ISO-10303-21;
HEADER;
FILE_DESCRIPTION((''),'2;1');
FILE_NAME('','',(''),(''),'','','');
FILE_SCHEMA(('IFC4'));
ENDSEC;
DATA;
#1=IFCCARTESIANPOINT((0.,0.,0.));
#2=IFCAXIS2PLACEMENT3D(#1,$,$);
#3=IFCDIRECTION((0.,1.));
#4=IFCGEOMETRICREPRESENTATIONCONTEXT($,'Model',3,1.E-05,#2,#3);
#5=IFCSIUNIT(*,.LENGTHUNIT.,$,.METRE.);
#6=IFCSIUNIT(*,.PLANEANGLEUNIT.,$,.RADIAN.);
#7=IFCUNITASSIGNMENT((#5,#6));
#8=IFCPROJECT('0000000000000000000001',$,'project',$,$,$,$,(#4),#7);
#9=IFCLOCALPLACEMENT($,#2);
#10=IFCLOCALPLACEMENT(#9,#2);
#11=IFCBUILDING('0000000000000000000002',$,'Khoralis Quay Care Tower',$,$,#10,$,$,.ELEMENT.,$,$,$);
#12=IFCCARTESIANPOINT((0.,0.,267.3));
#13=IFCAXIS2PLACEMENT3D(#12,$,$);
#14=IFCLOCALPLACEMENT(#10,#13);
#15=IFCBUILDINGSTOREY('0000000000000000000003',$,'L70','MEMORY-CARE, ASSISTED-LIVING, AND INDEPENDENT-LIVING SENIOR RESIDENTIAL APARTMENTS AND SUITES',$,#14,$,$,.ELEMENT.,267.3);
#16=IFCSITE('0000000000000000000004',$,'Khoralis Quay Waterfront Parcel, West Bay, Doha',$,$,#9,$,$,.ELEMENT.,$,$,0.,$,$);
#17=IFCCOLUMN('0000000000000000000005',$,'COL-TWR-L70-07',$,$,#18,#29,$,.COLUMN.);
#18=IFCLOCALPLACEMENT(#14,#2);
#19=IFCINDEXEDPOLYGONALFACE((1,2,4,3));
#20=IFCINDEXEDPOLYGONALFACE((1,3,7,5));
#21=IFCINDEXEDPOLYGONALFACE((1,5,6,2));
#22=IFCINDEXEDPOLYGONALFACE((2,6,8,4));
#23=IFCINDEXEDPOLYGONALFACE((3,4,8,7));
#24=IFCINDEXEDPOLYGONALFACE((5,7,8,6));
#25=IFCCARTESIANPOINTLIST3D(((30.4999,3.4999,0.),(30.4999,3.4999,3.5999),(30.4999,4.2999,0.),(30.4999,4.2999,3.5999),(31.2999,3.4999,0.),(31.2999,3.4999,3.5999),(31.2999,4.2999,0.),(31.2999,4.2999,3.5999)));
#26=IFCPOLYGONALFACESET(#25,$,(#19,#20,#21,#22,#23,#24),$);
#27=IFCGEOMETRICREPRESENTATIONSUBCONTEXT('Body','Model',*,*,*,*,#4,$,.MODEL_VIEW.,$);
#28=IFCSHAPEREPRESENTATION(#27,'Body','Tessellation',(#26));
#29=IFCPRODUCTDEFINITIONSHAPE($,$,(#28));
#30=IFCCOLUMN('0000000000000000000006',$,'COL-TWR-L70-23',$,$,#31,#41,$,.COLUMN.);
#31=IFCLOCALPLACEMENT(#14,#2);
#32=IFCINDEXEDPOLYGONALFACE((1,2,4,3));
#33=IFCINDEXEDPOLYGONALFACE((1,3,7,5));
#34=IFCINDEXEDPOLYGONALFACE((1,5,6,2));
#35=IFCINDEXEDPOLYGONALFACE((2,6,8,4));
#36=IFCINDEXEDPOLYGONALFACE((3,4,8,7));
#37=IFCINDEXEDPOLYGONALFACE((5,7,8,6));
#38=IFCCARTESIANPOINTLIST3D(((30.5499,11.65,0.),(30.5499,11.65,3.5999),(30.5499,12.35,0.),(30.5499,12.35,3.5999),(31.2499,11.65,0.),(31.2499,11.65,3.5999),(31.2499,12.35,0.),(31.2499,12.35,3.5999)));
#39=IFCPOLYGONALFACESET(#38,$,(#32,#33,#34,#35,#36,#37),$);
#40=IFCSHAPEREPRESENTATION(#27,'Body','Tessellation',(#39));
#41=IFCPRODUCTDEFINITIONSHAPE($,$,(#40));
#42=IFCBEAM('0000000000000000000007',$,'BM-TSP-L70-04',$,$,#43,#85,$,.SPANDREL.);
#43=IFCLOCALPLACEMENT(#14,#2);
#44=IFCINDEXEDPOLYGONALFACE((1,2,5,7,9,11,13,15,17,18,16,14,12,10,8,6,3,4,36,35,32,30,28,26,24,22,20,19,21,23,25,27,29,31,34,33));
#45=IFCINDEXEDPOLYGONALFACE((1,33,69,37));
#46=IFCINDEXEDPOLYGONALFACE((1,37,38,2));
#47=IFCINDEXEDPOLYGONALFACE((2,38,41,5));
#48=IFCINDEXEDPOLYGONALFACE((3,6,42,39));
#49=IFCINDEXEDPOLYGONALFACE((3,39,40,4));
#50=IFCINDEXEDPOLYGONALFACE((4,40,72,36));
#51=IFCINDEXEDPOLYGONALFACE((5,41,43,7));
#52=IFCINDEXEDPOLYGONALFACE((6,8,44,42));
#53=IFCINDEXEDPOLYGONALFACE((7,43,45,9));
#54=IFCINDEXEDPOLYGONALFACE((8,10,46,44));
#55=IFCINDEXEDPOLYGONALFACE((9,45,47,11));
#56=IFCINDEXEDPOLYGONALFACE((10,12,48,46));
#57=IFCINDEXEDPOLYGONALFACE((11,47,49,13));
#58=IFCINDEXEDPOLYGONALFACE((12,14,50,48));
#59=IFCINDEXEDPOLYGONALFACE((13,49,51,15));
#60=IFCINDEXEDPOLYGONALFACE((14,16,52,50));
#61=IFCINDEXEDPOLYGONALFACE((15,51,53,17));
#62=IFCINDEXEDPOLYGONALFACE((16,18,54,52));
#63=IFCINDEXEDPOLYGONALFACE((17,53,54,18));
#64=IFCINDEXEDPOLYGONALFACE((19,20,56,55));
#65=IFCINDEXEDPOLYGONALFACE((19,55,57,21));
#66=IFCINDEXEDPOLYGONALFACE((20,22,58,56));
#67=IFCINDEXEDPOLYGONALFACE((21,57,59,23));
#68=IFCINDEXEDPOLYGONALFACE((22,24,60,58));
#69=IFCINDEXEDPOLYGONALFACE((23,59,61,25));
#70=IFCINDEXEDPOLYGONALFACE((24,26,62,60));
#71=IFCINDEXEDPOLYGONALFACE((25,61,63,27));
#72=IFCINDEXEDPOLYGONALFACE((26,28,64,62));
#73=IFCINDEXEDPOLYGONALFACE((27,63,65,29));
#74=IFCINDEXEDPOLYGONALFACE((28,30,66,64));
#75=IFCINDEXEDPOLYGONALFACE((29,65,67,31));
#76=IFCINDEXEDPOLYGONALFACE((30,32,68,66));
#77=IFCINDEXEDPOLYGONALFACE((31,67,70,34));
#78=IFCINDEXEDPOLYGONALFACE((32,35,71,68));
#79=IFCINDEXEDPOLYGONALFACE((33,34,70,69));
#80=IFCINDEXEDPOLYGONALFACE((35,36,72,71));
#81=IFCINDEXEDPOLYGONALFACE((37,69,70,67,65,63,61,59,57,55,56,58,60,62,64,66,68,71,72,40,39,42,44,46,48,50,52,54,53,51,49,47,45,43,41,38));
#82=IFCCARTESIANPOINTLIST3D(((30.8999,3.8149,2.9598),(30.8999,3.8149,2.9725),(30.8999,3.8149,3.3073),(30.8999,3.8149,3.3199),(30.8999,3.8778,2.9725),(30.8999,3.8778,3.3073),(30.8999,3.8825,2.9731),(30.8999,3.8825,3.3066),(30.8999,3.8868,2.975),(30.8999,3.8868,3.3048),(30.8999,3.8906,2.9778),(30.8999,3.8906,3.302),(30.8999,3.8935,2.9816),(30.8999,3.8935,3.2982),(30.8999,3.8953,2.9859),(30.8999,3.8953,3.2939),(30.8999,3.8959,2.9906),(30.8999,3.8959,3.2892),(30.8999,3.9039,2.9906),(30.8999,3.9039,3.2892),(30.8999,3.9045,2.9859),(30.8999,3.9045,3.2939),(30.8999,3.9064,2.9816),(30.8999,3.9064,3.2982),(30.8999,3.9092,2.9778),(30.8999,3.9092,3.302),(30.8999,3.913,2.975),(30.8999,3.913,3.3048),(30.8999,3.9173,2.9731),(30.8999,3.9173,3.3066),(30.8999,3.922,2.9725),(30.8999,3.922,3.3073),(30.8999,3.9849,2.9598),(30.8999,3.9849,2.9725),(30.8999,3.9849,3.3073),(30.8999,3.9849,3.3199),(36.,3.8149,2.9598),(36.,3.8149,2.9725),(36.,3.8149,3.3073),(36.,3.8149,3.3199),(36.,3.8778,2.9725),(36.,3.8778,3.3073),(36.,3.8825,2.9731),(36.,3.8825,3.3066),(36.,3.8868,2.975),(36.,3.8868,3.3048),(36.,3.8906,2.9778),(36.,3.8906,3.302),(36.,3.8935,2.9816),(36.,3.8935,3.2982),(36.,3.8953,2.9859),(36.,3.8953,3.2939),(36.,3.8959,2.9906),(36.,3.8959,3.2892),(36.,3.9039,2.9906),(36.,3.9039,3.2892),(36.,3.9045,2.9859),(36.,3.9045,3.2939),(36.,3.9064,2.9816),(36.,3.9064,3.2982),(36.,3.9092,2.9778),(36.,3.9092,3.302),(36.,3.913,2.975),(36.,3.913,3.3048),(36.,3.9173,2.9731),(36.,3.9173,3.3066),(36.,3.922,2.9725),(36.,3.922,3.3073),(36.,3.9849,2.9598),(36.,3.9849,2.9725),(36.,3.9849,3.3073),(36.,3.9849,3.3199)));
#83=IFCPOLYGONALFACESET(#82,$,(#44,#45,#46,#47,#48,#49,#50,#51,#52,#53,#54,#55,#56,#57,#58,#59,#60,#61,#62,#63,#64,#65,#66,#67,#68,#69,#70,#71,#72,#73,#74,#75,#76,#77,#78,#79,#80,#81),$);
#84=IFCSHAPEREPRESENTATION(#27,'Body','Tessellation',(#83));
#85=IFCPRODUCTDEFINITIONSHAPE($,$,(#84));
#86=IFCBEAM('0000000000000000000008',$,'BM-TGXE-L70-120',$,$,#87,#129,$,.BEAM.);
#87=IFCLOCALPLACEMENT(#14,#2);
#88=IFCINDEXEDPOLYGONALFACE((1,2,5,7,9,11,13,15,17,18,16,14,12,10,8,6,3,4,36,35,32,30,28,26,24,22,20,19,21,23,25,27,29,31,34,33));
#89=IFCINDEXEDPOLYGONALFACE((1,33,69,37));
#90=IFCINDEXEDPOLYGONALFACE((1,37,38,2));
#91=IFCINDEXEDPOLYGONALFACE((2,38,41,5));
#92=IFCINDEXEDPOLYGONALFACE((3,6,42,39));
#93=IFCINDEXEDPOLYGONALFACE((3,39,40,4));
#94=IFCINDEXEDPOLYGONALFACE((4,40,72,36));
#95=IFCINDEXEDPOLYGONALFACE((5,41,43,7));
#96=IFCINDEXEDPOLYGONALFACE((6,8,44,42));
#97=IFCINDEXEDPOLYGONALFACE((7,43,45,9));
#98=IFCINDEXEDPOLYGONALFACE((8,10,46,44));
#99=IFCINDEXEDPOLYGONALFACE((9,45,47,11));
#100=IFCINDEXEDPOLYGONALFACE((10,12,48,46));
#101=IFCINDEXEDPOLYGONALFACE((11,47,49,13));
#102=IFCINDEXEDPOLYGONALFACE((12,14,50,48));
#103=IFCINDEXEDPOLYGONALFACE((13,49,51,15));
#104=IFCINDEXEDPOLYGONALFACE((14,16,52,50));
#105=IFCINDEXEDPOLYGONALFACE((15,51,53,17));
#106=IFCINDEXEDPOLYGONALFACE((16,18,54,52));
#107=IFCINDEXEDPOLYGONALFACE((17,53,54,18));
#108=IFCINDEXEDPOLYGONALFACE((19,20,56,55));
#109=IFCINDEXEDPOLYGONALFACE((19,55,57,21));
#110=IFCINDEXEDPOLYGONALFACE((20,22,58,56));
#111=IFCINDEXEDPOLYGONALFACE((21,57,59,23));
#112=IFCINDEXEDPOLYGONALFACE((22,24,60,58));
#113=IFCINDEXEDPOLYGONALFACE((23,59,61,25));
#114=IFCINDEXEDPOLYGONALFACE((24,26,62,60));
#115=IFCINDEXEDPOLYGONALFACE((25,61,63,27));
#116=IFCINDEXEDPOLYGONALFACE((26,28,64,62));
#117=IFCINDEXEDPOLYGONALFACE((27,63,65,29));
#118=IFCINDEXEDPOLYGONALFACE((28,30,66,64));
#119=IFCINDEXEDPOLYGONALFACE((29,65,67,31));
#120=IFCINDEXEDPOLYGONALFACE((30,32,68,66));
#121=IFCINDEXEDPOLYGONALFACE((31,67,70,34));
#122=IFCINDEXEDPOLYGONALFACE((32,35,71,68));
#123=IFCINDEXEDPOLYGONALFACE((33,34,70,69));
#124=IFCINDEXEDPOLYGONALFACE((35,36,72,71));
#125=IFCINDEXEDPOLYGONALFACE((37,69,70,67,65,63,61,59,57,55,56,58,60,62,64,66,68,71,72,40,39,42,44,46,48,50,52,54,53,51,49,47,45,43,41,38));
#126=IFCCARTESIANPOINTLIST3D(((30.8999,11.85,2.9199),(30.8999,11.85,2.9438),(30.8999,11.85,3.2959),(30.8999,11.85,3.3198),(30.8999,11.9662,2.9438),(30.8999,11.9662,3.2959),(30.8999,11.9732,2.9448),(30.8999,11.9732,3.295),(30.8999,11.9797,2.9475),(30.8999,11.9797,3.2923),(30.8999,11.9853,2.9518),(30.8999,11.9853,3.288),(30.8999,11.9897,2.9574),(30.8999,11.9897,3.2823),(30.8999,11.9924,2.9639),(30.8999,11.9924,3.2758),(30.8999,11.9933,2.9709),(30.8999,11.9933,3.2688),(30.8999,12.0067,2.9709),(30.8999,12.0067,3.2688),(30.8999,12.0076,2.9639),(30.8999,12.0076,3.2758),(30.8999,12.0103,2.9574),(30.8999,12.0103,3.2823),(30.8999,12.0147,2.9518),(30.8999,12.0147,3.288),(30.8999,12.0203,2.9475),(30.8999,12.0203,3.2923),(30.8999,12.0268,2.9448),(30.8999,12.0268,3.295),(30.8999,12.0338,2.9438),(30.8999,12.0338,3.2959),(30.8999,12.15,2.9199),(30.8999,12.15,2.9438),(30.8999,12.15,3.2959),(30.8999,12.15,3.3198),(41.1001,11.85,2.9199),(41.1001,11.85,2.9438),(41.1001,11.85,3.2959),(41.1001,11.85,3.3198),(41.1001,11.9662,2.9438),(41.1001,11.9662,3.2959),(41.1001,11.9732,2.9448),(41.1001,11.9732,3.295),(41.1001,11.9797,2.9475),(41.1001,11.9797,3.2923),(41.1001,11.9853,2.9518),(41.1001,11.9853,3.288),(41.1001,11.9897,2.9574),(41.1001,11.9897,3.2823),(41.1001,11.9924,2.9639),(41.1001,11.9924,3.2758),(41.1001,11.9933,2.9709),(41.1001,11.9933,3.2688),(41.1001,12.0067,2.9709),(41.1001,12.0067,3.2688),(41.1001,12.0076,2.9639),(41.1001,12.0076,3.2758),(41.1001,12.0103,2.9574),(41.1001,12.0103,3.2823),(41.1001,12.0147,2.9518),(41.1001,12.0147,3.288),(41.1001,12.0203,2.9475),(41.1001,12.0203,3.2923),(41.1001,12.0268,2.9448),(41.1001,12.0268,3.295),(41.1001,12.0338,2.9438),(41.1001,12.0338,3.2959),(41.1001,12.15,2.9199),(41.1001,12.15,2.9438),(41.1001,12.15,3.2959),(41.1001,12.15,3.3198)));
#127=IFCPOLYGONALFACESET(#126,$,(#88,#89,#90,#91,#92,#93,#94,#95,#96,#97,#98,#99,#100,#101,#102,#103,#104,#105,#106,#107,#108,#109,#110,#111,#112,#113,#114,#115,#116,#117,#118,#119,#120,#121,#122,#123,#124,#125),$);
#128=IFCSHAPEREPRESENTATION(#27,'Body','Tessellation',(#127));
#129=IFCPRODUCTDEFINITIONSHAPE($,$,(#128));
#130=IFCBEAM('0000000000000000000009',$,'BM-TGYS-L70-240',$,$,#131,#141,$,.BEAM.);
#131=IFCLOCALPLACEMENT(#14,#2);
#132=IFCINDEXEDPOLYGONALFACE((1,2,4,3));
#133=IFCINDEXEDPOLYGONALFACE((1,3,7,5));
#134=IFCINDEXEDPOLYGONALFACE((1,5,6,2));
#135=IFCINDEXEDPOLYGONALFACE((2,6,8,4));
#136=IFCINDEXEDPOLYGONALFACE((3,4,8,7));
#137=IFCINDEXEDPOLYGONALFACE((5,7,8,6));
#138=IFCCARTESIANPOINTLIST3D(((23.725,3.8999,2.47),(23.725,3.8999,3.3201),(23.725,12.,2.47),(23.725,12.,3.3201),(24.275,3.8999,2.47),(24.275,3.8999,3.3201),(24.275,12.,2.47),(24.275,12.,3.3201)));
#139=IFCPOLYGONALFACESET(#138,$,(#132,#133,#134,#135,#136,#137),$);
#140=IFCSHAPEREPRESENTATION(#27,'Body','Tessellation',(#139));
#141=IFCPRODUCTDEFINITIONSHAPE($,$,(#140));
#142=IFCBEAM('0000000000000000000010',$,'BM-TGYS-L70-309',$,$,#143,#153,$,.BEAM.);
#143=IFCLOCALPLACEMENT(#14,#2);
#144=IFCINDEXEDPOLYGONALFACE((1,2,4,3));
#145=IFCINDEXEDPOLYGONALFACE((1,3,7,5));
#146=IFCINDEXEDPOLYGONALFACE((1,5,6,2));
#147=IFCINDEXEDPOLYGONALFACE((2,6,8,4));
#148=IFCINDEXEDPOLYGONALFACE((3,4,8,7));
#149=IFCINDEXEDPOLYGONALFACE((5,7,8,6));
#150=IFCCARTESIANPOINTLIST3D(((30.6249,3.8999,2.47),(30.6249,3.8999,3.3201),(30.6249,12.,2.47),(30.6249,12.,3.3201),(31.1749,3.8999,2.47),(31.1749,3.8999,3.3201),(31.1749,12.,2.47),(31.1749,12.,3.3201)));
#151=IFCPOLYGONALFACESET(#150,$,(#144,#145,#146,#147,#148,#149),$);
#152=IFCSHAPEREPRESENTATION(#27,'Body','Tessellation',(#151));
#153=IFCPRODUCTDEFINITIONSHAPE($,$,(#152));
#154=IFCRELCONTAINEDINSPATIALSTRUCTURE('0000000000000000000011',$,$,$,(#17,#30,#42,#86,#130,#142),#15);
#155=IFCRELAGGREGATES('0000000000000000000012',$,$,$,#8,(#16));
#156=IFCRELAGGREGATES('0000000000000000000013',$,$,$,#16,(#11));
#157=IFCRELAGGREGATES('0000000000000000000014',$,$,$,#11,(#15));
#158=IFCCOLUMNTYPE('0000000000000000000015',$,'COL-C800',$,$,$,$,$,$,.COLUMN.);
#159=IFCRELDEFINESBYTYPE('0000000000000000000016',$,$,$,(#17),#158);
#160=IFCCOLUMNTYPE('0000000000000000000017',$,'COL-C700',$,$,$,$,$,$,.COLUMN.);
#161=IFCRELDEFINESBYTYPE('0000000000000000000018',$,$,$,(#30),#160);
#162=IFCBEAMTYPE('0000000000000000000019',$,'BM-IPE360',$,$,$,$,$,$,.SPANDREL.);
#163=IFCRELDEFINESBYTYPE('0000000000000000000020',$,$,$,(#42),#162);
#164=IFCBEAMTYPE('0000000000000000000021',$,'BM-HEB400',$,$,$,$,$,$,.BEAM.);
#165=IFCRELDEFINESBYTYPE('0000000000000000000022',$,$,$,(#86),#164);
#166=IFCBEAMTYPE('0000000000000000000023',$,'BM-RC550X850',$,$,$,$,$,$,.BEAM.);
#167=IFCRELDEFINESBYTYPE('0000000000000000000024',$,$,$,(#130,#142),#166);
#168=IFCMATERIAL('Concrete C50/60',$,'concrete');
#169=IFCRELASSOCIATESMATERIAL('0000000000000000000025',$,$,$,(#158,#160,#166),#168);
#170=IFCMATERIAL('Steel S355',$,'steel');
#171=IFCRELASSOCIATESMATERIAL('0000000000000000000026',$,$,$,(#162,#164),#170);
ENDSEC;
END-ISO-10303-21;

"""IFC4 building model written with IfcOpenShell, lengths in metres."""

from ifc_helpers import new_model, si_unit, direction, frame, origin, origin_2d, place, context, subcontext, project, spatial, rectangle, i_section, extrude, source, transform, mapped, material, material_profile, profile_set, type_object, element, save


model = new_model("IFC4")

# Units and contexts
model_context = context("Model", 3, precision=1e-05, world=origin(), true_north=direction((0.0, 1.0)))
body_context = subcontext(model_context, "Body", "Model", "MODEL_VIEW")
ifc_project = project(units=[si_unit("LENGTHUNIT", "METRE"), si_unit("PLANEANGLEUNIT", "RADIAN")], contexts=[model_context])

# Site, building, storey
site_placement = place(None, origin())
site = spatial("IfcSite", under=ifc_project, at=site_placement, Name="Khoralis Quay Waterfront Parcel, West Bay, Doha", CompositionType="ELEMENT", RefElevation=0.0)
building_placement = place(site_placement, origin())
building = spatial("IfcBuilding", under=site, at=building_placement, Name="Khoralis Quay Care Tower", CompositionType="ELEMENT")
storey_placement = place(building_placement, frame((0.0, 0.0, 267.3)))
storey = spatial("IfcBuildingStorey", under=building, at=storey_placement, Name="L70", Description="MEMORY-CARE, ASSISTED-LIVING, AND INDEPENDENT-LIVING SENIOR RESIDENTIAL APARTMENTS AND SUITES", CompositionType="ELEMENT", Elevation=267.3)

# Columns
ifc_material_1 = material(Name="Concrete C50/60", Category="concrete")
ifc_material_profile_1 = material_profile(ifc_material_1, rectangle(XDim=0.8, YDim=0.8, at=origin_2d()), Name="Concrete C50/60")
ifc_profile_set_1 = profile_set([ifc_material_profile_1], Name="Concrete C50/60")
column_type_1 = type_object("IfcColumnType", Name="COL-C800", PredefinedType="COLUMN", material=ifc_profile_set_1)
shared_shape_1 = source(origin(), body_context, "Body", "SweptSolid", [
    extrude(rectangle(XDim=0.8, YDim=0.8, at=origin_2d()), origin(), (0.0, 0.0, 1.0), 3.5999),
])
column_1_placement = place(storey_placement, frame((30.8999, 3.8999, 0.0), z_axis=(0.0, 0.0, 1.0), x_axis=(1.0, 0.0, 0.0)))
element("IfcColumn", 1, at=column_1_placement, inside=storey, type_object=column_type_1, Name="COL-TWR-L70-07", PredefinedType="COLUMN", context=body_context, shape_type="MappedRepresentation", body=[
    mapped(shared_shape_1, transform((0.0, 0.0, 0.0), scale=1.0)),
])
ifc_material_profile_2 = material_profile(ifc_material_1, rectangle(XDim=0.7, YDim=0.7, at=origin_2d()), Name="Concrete C50/60")
ifc_profile_set_2 = profile_set([ifc_material_profile_2], Name="Concrete C50/60")
column_type_2 = type_object("IfcColumnType", Name="COL-C700", PredefinedType="COLUMN", material=ifc_profile_set_2)
shared_shape_2 = source(origin(), body_context, "Body", "SweptSolid", [
    extrude(rectangle(XDim=0.7, YDim=0.7, at=origin_2d()), origin(), (0.0, 0.0, 1.0), 3.5999),
])
column_2_placement = place(storey_placement, frame((30.8999, 12.0, 0.0), z_axis=(0.0, 0.0, 1.0), x_axis=(1.0, 0.0, 0.0)))
element("IfcColumn", 2, at=column_2_placement, inside=storey, type_object=column_type_2, Name="COL-TWR-L70-23", PredefinedType="COLUMN", context=body_context, shape_type="MappedRepresentation", body=[
    mapped(shared_shape_2, transform((0.0, 0.0, 0.0), scale=1.0)),
])

# Beams
ifc_material_2 = material(Name="Steel S355", Category="steel")
ifc_material_profile_3 = material_profile(ifc_material_2, i_section(OverallWidth=0.1699, OverallDepth=0.3601, WebThickness=0.0081, FlangeThickness=0.0127, FilletRadius=0.0181, at=origin_2d()), Name="Steel S355")
ifc_profile_set_3 = profile_set([ifc_material_profile_3], Name="Steel S355")
beam_type_1 = type_object("IfcBeamType", Name="BM-IPE360", PredefinedType="SPANDREL", material=ifc_profile_set_3)
shared_shape_3 = source(origin(), body_context, "Body", "SweptSolid", [
    extrude(i_section(OverallWidth=0.1699, OverallDepth=0.3601, WebThickness=0.0081, FlangeThickness=0.0127, FilletRadius=0.0181, at=origin_2d()), origin(), (0.0, 0.0, 1.0), 5.1001),
])
beam_1_placement = place(storey_placement, frame((30.8999, 3.8999, 3.1399), z_axis=(1.0, 0.0, 0.0), x_axis=(0.0, 1.0, 0.0)))
element("IfcBeam", 3, at=beam_1_placement, inside=storey, type_object=beam_type_1, Name="BM-TSP-L70-04", PredefinedType="SPANDREL", context=body_context, shape_type="MappedRepresentation", body=[
    mapped(shared_shape_3, transform((0.0, 0.0, 0.0), scale=1.0)),
])
ifc_material_profile_4 = material_profile(ifc_material_2, i_section(OverallWidth=0.3, OverallDepth=0.3999, WebThickness=0.0134, FlangeThickness=0.0239, FilletRadius=0.0271, at=origin_2d()), Name="Steel S355")
ifc_profile_set_4 = profile_set([ifc_material_profile_4], Name="Steel S355")
beam_type_2 = type_object("IfcBeamType", Name="BM-HEB400", PredefinedType="BEAM", material=ifc_profile_set_4)
shared_shape_4 = source(origin(), body_context, "Body", "SweptSolid", [
    extrude(i_section(OverallWidth=0.3, OverallDepth=0.3999, WebThickness=0.0134, FlangeThickness=0.0239, FilletRadius=0.0271, at=origin_2d()), origin(), (0.0, 0.0, 1.0), 10.2002),
])
beam_2_placement = place(storey_placement, frame((30.8999, 12.0, 3.1199), z_axis=(1.0, 0.0, 0.0), x_axis=(0.0, 1.0, 0.0)))
element("IfcBeam", 4, at=beam_2_placement, inside=storey, type_object=beam_type_2, Name="BM-TGXE-L70-120", PredefinedType="BEAM", context=body_context, shape_type="MappedRepresentation", body=[
    mapped(shared_shape_4, transform((0.0, 0.0, 0.0), scale=1.0)),
])
ifc_material_profile_5 = material_profile(ifc_material_1, rectangle(XDim=0.55, YDim=0.8501, at=origin_2d()), Name="Concrete C50/60")
ifc_profile_set_5 = profile_set([ifc_material_profile_5], Name="Concrete C50/60")
beam_type_3 = type_object("IfcBeamType", Name="BM-RC550X850", PredefinedType="BEAM", material=ifc_profile_set_5)
shared_shape_5 = source(origin(), body_context, "Body", "SweptSolid", [
    extrude(rectangle(XDim=0.55, YDim=0.8501, at=origin_2d()), origin(), (0.0, 0.0, 1.0), 8.1001),
])
for number, where, z_axis, x_axis, name in (
    (5, (24.0, 3.8999, 2.895), (0.0, 1.0, 0.0), (-1.0, 0.0, 0.0), "BM-TGYS-L70-240"),
    (6, (30.8999, 3.8999, 2.895), (0.0, 1.0, 0.0), (-1.0, 0.0, 0.0), "BM-TGYS-L70-309"),
):
    element("IfcBeam", number, at=place(storey_placement, frame(where, z_axis=z_axis, x_axis=x_axis)), inside=storey, type_object=beam_type_3, Name=name, PredefinedType="BEAM", context=body_context, shape_type="MappedRepresentation", body=[
        mapped(shared_shape_5, transform((0.0, 0.0, 0.0), scale=1.0)),
    ])

save(model, "model.ifc")
